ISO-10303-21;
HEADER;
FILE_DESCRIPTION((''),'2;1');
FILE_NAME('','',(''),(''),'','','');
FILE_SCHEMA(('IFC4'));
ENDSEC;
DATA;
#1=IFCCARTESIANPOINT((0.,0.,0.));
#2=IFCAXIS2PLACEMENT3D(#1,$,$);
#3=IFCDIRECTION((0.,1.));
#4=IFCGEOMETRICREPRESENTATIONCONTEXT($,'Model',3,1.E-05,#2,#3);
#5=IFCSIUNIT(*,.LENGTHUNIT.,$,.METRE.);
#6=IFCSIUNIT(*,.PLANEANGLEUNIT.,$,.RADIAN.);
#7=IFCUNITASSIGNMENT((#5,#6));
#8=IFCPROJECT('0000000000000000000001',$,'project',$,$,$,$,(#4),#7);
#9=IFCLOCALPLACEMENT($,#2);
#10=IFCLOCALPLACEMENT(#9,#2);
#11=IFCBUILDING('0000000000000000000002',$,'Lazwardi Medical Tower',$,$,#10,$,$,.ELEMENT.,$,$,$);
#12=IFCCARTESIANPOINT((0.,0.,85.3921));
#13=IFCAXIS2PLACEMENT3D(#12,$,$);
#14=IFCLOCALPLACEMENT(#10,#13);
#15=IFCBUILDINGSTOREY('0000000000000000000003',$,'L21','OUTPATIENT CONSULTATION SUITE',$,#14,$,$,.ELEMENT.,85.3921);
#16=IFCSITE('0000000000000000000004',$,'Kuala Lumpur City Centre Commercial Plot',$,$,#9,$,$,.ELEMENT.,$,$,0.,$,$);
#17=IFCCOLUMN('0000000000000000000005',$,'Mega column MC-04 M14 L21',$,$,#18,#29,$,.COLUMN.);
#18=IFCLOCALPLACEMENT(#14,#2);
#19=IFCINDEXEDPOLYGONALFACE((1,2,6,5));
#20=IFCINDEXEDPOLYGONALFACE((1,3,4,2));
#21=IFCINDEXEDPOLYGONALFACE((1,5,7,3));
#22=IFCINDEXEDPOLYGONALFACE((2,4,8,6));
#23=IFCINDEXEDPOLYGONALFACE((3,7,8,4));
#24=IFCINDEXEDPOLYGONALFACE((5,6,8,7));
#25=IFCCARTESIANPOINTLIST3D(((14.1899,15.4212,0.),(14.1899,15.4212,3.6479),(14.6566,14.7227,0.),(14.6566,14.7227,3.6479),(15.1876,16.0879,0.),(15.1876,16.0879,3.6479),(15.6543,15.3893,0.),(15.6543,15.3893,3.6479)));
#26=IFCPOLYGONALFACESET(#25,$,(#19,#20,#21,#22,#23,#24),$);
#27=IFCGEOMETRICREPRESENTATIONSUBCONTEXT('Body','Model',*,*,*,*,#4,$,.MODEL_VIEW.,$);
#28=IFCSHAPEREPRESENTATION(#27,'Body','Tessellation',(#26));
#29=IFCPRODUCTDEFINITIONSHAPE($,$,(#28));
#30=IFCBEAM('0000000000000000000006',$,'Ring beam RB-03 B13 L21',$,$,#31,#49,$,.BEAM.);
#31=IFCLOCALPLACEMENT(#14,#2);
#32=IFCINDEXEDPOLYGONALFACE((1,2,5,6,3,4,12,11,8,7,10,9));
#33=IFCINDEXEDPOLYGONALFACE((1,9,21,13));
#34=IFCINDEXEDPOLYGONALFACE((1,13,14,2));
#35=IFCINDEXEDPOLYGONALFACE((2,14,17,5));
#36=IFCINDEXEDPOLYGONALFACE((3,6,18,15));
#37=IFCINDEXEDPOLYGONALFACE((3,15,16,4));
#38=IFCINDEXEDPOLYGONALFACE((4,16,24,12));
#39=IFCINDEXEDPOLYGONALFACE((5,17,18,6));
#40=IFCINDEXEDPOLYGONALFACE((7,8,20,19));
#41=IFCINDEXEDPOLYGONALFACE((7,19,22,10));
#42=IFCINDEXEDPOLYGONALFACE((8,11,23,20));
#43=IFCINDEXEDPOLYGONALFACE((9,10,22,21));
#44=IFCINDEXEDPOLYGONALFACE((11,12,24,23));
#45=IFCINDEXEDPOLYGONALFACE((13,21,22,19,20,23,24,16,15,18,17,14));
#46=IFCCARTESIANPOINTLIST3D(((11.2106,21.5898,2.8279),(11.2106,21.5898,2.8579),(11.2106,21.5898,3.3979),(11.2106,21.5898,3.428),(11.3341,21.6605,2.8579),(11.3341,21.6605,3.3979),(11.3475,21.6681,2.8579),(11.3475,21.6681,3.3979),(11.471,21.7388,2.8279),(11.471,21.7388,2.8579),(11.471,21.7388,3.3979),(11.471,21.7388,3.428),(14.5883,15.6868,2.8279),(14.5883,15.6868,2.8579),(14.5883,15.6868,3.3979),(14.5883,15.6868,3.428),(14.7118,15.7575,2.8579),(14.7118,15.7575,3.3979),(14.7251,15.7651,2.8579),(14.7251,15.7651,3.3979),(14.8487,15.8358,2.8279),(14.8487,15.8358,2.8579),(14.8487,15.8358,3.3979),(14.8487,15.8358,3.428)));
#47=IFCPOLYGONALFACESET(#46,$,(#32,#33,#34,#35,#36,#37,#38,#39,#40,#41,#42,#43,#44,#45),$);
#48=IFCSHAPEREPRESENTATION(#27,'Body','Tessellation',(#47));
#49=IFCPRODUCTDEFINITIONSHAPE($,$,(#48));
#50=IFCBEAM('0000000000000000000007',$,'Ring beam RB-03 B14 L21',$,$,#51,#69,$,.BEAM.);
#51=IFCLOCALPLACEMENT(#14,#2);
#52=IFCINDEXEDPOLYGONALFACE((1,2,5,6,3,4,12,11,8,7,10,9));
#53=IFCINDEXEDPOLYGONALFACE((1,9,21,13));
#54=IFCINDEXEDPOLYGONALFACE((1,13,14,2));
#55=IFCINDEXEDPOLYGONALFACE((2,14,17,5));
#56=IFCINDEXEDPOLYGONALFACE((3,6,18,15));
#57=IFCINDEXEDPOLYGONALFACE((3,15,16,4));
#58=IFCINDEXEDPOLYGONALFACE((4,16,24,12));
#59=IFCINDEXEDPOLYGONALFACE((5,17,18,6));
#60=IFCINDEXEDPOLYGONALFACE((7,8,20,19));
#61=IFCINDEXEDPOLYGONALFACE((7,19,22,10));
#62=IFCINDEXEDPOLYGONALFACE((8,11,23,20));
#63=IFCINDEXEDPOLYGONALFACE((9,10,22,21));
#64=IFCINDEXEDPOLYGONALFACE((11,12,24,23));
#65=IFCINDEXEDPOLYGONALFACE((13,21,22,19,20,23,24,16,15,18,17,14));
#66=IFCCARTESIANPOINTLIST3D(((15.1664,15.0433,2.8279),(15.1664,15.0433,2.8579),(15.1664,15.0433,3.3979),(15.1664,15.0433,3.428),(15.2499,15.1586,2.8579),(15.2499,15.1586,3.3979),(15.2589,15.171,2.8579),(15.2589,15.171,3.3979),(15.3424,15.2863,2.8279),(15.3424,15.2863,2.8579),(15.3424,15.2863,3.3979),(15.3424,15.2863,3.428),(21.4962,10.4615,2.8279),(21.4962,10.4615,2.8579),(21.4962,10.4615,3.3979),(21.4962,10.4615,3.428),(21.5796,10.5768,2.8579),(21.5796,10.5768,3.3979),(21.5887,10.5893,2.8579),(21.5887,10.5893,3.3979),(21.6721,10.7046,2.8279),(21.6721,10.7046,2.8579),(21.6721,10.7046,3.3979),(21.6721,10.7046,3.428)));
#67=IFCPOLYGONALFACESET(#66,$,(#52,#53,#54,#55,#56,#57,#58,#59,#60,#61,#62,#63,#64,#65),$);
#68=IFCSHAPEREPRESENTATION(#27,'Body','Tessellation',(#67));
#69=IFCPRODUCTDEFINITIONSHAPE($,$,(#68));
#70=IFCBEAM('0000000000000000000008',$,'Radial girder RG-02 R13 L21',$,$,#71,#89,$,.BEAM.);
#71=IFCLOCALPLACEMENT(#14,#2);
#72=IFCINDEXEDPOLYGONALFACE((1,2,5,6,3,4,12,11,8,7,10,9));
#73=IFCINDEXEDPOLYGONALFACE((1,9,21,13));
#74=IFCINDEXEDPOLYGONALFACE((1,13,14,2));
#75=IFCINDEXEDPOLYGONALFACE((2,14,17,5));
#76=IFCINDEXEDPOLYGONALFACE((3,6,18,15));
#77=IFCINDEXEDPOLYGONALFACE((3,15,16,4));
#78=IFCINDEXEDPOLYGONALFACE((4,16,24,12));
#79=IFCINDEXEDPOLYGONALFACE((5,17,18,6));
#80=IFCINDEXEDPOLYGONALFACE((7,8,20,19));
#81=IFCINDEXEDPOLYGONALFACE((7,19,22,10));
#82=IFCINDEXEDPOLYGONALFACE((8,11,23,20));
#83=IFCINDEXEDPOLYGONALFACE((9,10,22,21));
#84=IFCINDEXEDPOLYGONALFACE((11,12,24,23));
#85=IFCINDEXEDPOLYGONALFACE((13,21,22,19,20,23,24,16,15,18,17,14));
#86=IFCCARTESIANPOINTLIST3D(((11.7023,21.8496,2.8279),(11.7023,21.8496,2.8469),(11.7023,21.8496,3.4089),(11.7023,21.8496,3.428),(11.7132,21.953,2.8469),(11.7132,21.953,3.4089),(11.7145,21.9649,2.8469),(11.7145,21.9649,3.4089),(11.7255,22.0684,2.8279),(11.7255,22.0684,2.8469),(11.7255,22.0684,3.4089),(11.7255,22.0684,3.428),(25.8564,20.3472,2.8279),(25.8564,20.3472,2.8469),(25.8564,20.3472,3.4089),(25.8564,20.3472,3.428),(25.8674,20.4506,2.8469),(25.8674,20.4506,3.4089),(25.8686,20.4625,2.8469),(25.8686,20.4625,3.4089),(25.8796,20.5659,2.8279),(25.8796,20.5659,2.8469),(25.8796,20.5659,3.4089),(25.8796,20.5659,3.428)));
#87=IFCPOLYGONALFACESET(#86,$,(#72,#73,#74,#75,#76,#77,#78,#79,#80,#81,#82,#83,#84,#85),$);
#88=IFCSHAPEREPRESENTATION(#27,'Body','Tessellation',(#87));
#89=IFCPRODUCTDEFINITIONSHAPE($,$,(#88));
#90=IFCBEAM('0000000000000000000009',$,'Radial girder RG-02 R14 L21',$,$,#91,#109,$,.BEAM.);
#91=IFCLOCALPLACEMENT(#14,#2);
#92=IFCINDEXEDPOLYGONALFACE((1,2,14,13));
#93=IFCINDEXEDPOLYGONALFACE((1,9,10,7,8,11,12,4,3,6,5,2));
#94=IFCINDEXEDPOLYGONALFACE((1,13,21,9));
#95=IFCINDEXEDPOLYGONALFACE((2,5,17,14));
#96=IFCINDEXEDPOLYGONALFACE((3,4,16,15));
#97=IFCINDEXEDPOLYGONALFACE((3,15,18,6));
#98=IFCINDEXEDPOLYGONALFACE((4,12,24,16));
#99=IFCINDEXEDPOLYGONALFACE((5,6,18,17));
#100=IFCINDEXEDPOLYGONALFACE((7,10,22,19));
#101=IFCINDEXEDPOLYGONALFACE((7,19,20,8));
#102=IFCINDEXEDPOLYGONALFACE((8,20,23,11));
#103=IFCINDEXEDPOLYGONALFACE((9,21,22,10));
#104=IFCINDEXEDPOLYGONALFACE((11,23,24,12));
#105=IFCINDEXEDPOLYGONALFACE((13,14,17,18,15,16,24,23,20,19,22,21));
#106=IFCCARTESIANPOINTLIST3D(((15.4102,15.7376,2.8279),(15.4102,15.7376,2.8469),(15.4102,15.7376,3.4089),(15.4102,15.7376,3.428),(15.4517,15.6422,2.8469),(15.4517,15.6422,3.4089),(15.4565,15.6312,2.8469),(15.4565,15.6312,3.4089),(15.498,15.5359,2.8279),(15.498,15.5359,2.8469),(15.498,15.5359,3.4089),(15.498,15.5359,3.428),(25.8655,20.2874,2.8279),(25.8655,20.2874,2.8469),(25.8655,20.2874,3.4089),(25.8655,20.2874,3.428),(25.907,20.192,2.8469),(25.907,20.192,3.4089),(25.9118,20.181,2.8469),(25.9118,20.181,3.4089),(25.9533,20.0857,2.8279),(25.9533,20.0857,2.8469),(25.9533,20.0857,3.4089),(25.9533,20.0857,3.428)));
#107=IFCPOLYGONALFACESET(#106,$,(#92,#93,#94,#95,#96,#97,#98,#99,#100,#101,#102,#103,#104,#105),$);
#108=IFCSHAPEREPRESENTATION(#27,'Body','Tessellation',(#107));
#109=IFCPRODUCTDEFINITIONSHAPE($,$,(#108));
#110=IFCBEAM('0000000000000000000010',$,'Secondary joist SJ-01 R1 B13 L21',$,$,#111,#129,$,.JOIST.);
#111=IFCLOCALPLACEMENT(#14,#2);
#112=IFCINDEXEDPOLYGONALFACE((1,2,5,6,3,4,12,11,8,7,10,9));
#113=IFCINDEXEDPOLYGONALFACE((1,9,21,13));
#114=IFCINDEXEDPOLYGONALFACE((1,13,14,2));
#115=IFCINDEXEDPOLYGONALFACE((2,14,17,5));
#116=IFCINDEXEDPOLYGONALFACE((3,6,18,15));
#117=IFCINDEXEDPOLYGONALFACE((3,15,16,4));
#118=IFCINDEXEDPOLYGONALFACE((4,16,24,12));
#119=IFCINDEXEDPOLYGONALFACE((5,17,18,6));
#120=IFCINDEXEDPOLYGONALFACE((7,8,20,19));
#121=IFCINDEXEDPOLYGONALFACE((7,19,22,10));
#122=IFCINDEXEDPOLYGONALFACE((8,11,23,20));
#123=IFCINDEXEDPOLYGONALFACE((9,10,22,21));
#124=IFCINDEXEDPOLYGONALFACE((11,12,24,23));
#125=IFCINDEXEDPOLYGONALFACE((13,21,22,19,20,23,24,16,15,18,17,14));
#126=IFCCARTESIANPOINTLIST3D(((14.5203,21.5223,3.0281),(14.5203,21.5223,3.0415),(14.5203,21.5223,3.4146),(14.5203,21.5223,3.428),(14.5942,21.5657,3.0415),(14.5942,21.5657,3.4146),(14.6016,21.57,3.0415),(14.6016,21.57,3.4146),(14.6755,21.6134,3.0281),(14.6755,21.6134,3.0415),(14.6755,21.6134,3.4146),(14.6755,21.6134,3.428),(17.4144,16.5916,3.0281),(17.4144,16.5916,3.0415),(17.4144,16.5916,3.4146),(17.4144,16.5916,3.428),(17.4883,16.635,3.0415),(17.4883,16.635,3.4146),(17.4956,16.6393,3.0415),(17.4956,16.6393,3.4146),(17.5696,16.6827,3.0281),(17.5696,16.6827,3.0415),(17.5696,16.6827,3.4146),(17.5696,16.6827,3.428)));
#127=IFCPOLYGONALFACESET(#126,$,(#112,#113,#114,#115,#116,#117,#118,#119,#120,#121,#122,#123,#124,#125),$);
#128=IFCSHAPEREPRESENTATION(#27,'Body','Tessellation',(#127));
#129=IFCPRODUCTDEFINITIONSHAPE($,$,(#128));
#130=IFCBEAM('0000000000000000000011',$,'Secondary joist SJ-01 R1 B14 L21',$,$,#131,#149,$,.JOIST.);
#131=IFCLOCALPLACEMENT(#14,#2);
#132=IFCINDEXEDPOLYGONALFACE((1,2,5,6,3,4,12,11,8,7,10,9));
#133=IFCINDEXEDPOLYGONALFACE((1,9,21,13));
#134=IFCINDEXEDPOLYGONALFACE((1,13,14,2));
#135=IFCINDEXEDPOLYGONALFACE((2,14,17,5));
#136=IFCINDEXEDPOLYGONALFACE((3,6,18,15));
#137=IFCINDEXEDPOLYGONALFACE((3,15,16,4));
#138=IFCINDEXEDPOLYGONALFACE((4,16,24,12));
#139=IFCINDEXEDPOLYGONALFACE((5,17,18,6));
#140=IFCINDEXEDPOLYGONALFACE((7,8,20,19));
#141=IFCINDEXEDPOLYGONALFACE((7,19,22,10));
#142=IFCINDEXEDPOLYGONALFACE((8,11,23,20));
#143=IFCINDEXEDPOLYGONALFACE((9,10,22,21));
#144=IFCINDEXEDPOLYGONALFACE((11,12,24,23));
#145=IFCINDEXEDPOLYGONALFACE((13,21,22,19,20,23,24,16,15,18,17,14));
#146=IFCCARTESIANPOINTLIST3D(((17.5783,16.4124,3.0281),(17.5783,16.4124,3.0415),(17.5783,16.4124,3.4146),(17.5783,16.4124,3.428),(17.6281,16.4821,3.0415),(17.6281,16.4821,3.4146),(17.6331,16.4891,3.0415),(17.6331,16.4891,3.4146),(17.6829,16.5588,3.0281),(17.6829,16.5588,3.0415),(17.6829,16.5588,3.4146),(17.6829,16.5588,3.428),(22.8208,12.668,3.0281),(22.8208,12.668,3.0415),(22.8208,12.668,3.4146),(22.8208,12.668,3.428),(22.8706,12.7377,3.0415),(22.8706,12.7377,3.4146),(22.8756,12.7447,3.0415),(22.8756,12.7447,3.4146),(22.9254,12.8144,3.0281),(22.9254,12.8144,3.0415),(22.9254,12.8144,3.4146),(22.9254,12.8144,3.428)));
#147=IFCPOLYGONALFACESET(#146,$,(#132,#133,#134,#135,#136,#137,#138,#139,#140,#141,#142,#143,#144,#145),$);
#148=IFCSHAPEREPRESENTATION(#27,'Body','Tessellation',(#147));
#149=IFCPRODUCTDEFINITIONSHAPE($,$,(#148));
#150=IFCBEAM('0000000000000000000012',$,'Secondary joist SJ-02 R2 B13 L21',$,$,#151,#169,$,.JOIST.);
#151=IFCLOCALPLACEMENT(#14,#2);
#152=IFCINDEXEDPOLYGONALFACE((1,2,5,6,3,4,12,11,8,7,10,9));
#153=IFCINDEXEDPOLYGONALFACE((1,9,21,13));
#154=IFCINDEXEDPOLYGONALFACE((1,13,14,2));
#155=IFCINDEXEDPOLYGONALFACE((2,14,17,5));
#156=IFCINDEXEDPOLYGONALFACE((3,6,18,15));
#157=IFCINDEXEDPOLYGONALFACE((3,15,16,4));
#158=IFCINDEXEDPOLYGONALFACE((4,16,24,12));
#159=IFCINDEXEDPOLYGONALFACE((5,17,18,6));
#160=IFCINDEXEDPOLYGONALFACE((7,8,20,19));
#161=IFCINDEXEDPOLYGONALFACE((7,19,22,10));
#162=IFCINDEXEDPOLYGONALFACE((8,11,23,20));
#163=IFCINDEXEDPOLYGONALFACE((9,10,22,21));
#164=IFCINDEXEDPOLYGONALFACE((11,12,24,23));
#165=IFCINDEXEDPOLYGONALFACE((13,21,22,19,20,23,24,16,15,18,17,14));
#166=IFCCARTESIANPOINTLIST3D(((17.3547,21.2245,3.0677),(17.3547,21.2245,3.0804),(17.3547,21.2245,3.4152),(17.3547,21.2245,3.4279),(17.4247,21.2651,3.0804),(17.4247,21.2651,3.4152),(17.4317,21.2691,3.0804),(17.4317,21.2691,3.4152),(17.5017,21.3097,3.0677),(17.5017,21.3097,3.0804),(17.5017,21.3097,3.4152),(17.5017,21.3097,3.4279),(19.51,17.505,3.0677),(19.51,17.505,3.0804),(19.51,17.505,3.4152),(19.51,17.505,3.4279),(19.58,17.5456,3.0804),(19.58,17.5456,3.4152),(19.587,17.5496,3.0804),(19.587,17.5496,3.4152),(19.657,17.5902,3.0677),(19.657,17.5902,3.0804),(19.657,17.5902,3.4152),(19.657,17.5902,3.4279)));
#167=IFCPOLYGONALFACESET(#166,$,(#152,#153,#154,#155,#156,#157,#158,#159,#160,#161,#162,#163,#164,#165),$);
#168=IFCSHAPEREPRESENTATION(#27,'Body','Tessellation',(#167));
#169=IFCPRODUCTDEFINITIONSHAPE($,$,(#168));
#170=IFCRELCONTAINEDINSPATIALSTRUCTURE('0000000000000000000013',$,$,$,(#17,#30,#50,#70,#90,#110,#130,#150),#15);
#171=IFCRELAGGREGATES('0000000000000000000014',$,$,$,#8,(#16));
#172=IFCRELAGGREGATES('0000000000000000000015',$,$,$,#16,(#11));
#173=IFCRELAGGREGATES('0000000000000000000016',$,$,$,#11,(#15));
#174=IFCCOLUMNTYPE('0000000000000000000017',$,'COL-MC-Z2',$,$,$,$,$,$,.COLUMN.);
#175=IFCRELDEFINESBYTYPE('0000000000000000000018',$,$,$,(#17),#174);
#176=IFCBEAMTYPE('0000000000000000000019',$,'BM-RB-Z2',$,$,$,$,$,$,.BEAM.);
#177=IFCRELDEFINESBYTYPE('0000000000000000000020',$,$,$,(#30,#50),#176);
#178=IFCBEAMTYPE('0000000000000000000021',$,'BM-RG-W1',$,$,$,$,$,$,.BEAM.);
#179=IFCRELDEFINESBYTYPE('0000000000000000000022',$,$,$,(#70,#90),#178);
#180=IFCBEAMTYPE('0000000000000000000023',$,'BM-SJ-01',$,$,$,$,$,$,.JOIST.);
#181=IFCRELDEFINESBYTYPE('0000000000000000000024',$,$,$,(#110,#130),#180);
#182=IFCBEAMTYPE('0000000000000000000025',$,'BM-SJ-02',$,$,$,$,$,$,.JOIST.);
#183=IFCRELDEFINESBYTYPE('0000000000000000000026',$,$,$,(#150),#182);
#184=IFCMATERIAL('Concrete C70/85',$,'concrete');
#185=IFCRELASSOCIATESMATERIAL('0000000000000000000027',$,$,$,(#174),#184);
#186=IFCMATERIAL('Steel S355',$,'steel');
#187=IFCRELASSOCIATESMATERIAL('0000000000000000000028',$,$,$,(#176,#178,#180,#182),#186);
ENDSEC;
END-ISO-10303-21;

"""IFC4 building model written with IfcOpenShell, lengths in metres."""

from ifc_helpers import new_model, si_unit, direction, frame, origin, origin_2d, place, context, subcontext, project, spatial, rectangle, i_section, extrude, material, material_profile, profile_set, type_object, element, save


model = new_model("IFC4")

# Units and contexts
model_context = context("Model", 3, precision=1e-05, world=origin(), true_north=direction((0.0, 1.0)))
body_context = subcontext(model_context, "Body", "Model", "MODEL_VIEW")
ifc_project = project(units=[si_unit("LENGTHUNIT", "METRE"), si_unit("PLANEANGLEUNIT", "RADIAN")], contexts=[model_context])

# Site, building, storey
site_placement = place(None, origin())
site = spatial("IfcSite", under=ifc_project, at=site_placement, Name="Kuala Lumpur City Centre Commercial Plot", CompositionType="ELEMENT", RefElevation=0.0)
building_placement = place(site_placement, origin())
building = spatial("IfcBuilding", under=site, at=building_placement, Name="Lazwardi Medical Tower", CompositionType="ELEMENT")
storey_placement = place(building_placement, frame((0.0, 0.0, 85.3921)))
storey = spatial("IfcBuildingStorey", under=building, at=storey_placement, Name="L21", Description="OUTPATIENT CONSULTATION SUITE", CompositionType="ELEMENT", Elevation=85.3921)

# Column
ifc_material_1 = material(Name="Concrete C70/85", Category="concrete")
ifc_material_profile_1 = material_profile(ifc_material_1, rectangle(XDim=1.2, YDim=0.8401, at=origin_2d()), Name="CFT-RECT 1200x840")
ifc_profile_set_1 = profile_set([ifc_material_profile_1], Name="Concrete C70/85")
column_type = type_object("IfcColumnType", Name="COL-MC-Z2", PredefinedType="COLUMN", material=ifc_profile_set_1)
column_placement = place(storey_placement, frame((14.9221, 15.4053, 0.0), z_axis=(0.0, 0.0, 1.0), x_axis=(-0.83147, -0.55557, 0.0)))
element("IfcColumn", 1, at=column_placement, inside=storey, type_object=column_type, Name="Mega column MC-04 M14 L21", PredefinedType="COLUMN", context=body_context, shape_type="SweptSolid", body=[
    extrude(rectangle(XDim=1.2, YDim=0.8401, at=origin_2d()), origin(), (0.0, 0.0, 1.0), 3.6479),
])

# Beams
ifc_material_2 = material(Name="Steel S355", Category="steel")
ifc_material_profile_2 = material_profile(ifc_material_2, i_section(OverallWidth=0.3, OverallDepth=0.6001, WebThickness=0.0154, FlangeThickness=0.03, at=origin_2d()), Name="HEB 600")
ifc_profile_set_2 = profile_set([ifc_material_profile_2], Name="Steel S355")
beam_type_1 = type_object("IfcBeamType", Name="BM-RB-Z2", PredefinedType="BEAM", material=ifc_profile_set_2)
beam_1_placement = place(storey_placement, frame((11.3408, 21.6643, 3.1279), z_axis=(0.496638, -0.867958, 0.0), x_axis=(0.867958, 0.496638, 0.0)))
element("IfcBeam", 2, at=beam_1_placement, inside=storey, type_object=beam_type_1, Name="Ring beam RB-03 B13 L21", PredefinedType="BEAM", context=body_context, shape_type="SweptSolid", body=[
    extrude(i_section(OverallWidth=0.3, OverallDepth=0.6001, WebThickness=0.0154, FlangeThickness=0.03, at=origin_2d()), origin(), (0.0, 0.0, 1.0), 6.801),
])
beam_2_placement = place(storey_placement, frame((15.2544, 15.1648, 3.1279), z_axis=(0.810057, -0.586351, 0.0), x_axis=(0.586351, 0.810057, 0.0)))
element("IfcBeam", 3, at=beam_2_placement, inside=storey, type_object=beam_type_1, Name="Ring beam RB-03 B14 L21", PredefinedType="BEAM", context=body_context, shape_type="SweptSolid", body=[
    extrude(i_section(OverallWidth=0.3, OverallDepth=0.6001, WebThickness=0.0154, FlangeThickness=0.03, at=origin_2d()), origin(), (0.0, 0.0, 1.0), 7.814),
])
ifc_material_profile_3 = material_profile(ifc_material_2, i_section(OverallWidth=0.22, OverallDepth=0.6001, WebThickness=0.012, FlangeThickness=0.019, at=origin_2d()), Name="IPE 600")
ifc_profile_set_3 = profile_set([ifc_material_profile_3], Name="Steel S355")
beam_type_2 = type_object("IfcBeamType", Name="BM-RG-W1", PredefinedType="BEAM", material=ifc_profile_set_3)
beam_3_placement = place(storey_placement, frame((11.7139, 21.959, 3.1279), z_axis=(0.994413, -0.105556, 0.0), x_axis=(0.105556, 0.994413, 0.0)))
element("IfcBeam", 4, at=beam_3_placement, inside=storey, type_object=beam_type_2, Name="Radial girder RG-02 R13 L21", PredefinedType="BEAM", context=body_context, shape_type="SweptSolid", body=[
    extrude(i_section(OverallWidth=0.22, OverallDepth=0.6001, WebThickness=0.012, FlangeThickness=0.019, at=origin_2d()), origin(), (0.0, 0.0, 1.0), 14.2336),
])
beam_4_placement = place(storey_placement, frame((15.4541, 15.6367, 3.1279), z_axis=(0.916941, 0.399022, 0.0), x_axis=(-0.399022, 0.916941, 0.0)))
element("IfcBeam", 5, at=beam_4_placement, inside=storey, type_object=beam_type_2, Name="Radial girder RG-02 R14 L21", PredefinedType="BEAM", context=body_context, shape_type="SweptSolid", body=[
    extrude(i_section(OverallWidth=0.22, OverallDepth=0.6001, WebThickness=0.012, FlangeThickness=0.019, at=origin_2d()), origin(), (0.0, 0.0, 1.0), 11.4023),
])
ifc_material_profile_4 = material_profile(ifc_material_2, i_section(OverallWidth=0.1799, OverallDepth=0.3999, WebThickness=0.0085, FlangeThickness=0.0134, at=origin_2d()), Name="IPE 400")
ifc_profile_set_4 = profile_set([ifc_material_profile_4], Name="Steel S355")
beam_type_3 = type_object("IfcBeamType", Name="BM-SJ-01", PredefinedType="JOIST", material=ifc_profile_set_4)
beam_5_placement = place(storey_placement, frame((14.5979, 21.5679, 3.228), z_axis=(0.506195, -0.862419, 0.0), x_axis=(0.862419, 0.506195, 0.0)))
element("IfcBeam", 6, at=beam_5_placement, inside=storey, type_object=beam_type_3, Name="Secondary joist SJ-01 R1 B13 L21", PredefinedType="JOIST", context=body_context, shape_type="SweptSolid", body=[
    extrude(i_section(OverallWidth=0.1799, OverallDepth=0.3999, WebThickness=0.0085, FlangeThickness=0.0134, at=origin_2d()), origin(), (0.0, 0.0, 1.0), 5.7173),
])
beam_6_placement = place(storey_placement, frame((17.6306, 16.4856, 3.228), z_axis=(0.813749, -0.581217, 0.0), x_axis=(0.581217, 0.813749, 0.0)))
element("IfcBeam", 7, at=beam_6_placement, inside=storey, type_object=beam_type_3, Name="Secondary joist SJ-01 R1 B14 L21", PredefinedType="JOIST", context=body_context, shape_type="SweptSolid", body=[
    extrude(i_section(OverallWidth=0.1799, OverallDepth=0.3999, WebThickness=0.0085, FlangeThickness=0.0134, at=origin_2d()), origin(), (0.0, 0.0, 1.0), 6.4424),
])
ifc_material_profile_5 = material_profile(ifc_material_2, i_section(OverallWidth=0.1699, OverallDepth=0.3601, WebThickness=0.0081, FlangeThickness=0.0127, at=origin_2d()), Name="IPE 360")
ifc_profile_set_5 = profile_set([ifc_material_profile_5], Name="Steel S355")
beam_type_4 = type_object("IfcBeamType", Name="BM-SJ-02", PredefinedType="JOIST", material=ifc_profile_set_5)
beam_7_placement = place(storey_placement, frame((17.4282, 21.2671, 3.2478), z_axis=(0.501365, -0.865236, 0.0), x_axis=(0.865236, 0.501365, 0.0)))
element("IfcBeam", 8, at=beam_7_placement, inside=storey, type_object=beam_type_4, Name="Secondary joist SJ-02 R2 B13 L21", PredefinedType="JOIST", context=body_context, shape_type="SweptSolid", body=[
    extrude(i_section(OverallWidth=0.1699, OverallDepth=0.3601, WebThickness=0.0081, FlangeThickness=0.0127, at=origin_2d()), origin(), (0.0, 0.0, 1.0), 4.2988),
])

save(model, "model.ifc")
